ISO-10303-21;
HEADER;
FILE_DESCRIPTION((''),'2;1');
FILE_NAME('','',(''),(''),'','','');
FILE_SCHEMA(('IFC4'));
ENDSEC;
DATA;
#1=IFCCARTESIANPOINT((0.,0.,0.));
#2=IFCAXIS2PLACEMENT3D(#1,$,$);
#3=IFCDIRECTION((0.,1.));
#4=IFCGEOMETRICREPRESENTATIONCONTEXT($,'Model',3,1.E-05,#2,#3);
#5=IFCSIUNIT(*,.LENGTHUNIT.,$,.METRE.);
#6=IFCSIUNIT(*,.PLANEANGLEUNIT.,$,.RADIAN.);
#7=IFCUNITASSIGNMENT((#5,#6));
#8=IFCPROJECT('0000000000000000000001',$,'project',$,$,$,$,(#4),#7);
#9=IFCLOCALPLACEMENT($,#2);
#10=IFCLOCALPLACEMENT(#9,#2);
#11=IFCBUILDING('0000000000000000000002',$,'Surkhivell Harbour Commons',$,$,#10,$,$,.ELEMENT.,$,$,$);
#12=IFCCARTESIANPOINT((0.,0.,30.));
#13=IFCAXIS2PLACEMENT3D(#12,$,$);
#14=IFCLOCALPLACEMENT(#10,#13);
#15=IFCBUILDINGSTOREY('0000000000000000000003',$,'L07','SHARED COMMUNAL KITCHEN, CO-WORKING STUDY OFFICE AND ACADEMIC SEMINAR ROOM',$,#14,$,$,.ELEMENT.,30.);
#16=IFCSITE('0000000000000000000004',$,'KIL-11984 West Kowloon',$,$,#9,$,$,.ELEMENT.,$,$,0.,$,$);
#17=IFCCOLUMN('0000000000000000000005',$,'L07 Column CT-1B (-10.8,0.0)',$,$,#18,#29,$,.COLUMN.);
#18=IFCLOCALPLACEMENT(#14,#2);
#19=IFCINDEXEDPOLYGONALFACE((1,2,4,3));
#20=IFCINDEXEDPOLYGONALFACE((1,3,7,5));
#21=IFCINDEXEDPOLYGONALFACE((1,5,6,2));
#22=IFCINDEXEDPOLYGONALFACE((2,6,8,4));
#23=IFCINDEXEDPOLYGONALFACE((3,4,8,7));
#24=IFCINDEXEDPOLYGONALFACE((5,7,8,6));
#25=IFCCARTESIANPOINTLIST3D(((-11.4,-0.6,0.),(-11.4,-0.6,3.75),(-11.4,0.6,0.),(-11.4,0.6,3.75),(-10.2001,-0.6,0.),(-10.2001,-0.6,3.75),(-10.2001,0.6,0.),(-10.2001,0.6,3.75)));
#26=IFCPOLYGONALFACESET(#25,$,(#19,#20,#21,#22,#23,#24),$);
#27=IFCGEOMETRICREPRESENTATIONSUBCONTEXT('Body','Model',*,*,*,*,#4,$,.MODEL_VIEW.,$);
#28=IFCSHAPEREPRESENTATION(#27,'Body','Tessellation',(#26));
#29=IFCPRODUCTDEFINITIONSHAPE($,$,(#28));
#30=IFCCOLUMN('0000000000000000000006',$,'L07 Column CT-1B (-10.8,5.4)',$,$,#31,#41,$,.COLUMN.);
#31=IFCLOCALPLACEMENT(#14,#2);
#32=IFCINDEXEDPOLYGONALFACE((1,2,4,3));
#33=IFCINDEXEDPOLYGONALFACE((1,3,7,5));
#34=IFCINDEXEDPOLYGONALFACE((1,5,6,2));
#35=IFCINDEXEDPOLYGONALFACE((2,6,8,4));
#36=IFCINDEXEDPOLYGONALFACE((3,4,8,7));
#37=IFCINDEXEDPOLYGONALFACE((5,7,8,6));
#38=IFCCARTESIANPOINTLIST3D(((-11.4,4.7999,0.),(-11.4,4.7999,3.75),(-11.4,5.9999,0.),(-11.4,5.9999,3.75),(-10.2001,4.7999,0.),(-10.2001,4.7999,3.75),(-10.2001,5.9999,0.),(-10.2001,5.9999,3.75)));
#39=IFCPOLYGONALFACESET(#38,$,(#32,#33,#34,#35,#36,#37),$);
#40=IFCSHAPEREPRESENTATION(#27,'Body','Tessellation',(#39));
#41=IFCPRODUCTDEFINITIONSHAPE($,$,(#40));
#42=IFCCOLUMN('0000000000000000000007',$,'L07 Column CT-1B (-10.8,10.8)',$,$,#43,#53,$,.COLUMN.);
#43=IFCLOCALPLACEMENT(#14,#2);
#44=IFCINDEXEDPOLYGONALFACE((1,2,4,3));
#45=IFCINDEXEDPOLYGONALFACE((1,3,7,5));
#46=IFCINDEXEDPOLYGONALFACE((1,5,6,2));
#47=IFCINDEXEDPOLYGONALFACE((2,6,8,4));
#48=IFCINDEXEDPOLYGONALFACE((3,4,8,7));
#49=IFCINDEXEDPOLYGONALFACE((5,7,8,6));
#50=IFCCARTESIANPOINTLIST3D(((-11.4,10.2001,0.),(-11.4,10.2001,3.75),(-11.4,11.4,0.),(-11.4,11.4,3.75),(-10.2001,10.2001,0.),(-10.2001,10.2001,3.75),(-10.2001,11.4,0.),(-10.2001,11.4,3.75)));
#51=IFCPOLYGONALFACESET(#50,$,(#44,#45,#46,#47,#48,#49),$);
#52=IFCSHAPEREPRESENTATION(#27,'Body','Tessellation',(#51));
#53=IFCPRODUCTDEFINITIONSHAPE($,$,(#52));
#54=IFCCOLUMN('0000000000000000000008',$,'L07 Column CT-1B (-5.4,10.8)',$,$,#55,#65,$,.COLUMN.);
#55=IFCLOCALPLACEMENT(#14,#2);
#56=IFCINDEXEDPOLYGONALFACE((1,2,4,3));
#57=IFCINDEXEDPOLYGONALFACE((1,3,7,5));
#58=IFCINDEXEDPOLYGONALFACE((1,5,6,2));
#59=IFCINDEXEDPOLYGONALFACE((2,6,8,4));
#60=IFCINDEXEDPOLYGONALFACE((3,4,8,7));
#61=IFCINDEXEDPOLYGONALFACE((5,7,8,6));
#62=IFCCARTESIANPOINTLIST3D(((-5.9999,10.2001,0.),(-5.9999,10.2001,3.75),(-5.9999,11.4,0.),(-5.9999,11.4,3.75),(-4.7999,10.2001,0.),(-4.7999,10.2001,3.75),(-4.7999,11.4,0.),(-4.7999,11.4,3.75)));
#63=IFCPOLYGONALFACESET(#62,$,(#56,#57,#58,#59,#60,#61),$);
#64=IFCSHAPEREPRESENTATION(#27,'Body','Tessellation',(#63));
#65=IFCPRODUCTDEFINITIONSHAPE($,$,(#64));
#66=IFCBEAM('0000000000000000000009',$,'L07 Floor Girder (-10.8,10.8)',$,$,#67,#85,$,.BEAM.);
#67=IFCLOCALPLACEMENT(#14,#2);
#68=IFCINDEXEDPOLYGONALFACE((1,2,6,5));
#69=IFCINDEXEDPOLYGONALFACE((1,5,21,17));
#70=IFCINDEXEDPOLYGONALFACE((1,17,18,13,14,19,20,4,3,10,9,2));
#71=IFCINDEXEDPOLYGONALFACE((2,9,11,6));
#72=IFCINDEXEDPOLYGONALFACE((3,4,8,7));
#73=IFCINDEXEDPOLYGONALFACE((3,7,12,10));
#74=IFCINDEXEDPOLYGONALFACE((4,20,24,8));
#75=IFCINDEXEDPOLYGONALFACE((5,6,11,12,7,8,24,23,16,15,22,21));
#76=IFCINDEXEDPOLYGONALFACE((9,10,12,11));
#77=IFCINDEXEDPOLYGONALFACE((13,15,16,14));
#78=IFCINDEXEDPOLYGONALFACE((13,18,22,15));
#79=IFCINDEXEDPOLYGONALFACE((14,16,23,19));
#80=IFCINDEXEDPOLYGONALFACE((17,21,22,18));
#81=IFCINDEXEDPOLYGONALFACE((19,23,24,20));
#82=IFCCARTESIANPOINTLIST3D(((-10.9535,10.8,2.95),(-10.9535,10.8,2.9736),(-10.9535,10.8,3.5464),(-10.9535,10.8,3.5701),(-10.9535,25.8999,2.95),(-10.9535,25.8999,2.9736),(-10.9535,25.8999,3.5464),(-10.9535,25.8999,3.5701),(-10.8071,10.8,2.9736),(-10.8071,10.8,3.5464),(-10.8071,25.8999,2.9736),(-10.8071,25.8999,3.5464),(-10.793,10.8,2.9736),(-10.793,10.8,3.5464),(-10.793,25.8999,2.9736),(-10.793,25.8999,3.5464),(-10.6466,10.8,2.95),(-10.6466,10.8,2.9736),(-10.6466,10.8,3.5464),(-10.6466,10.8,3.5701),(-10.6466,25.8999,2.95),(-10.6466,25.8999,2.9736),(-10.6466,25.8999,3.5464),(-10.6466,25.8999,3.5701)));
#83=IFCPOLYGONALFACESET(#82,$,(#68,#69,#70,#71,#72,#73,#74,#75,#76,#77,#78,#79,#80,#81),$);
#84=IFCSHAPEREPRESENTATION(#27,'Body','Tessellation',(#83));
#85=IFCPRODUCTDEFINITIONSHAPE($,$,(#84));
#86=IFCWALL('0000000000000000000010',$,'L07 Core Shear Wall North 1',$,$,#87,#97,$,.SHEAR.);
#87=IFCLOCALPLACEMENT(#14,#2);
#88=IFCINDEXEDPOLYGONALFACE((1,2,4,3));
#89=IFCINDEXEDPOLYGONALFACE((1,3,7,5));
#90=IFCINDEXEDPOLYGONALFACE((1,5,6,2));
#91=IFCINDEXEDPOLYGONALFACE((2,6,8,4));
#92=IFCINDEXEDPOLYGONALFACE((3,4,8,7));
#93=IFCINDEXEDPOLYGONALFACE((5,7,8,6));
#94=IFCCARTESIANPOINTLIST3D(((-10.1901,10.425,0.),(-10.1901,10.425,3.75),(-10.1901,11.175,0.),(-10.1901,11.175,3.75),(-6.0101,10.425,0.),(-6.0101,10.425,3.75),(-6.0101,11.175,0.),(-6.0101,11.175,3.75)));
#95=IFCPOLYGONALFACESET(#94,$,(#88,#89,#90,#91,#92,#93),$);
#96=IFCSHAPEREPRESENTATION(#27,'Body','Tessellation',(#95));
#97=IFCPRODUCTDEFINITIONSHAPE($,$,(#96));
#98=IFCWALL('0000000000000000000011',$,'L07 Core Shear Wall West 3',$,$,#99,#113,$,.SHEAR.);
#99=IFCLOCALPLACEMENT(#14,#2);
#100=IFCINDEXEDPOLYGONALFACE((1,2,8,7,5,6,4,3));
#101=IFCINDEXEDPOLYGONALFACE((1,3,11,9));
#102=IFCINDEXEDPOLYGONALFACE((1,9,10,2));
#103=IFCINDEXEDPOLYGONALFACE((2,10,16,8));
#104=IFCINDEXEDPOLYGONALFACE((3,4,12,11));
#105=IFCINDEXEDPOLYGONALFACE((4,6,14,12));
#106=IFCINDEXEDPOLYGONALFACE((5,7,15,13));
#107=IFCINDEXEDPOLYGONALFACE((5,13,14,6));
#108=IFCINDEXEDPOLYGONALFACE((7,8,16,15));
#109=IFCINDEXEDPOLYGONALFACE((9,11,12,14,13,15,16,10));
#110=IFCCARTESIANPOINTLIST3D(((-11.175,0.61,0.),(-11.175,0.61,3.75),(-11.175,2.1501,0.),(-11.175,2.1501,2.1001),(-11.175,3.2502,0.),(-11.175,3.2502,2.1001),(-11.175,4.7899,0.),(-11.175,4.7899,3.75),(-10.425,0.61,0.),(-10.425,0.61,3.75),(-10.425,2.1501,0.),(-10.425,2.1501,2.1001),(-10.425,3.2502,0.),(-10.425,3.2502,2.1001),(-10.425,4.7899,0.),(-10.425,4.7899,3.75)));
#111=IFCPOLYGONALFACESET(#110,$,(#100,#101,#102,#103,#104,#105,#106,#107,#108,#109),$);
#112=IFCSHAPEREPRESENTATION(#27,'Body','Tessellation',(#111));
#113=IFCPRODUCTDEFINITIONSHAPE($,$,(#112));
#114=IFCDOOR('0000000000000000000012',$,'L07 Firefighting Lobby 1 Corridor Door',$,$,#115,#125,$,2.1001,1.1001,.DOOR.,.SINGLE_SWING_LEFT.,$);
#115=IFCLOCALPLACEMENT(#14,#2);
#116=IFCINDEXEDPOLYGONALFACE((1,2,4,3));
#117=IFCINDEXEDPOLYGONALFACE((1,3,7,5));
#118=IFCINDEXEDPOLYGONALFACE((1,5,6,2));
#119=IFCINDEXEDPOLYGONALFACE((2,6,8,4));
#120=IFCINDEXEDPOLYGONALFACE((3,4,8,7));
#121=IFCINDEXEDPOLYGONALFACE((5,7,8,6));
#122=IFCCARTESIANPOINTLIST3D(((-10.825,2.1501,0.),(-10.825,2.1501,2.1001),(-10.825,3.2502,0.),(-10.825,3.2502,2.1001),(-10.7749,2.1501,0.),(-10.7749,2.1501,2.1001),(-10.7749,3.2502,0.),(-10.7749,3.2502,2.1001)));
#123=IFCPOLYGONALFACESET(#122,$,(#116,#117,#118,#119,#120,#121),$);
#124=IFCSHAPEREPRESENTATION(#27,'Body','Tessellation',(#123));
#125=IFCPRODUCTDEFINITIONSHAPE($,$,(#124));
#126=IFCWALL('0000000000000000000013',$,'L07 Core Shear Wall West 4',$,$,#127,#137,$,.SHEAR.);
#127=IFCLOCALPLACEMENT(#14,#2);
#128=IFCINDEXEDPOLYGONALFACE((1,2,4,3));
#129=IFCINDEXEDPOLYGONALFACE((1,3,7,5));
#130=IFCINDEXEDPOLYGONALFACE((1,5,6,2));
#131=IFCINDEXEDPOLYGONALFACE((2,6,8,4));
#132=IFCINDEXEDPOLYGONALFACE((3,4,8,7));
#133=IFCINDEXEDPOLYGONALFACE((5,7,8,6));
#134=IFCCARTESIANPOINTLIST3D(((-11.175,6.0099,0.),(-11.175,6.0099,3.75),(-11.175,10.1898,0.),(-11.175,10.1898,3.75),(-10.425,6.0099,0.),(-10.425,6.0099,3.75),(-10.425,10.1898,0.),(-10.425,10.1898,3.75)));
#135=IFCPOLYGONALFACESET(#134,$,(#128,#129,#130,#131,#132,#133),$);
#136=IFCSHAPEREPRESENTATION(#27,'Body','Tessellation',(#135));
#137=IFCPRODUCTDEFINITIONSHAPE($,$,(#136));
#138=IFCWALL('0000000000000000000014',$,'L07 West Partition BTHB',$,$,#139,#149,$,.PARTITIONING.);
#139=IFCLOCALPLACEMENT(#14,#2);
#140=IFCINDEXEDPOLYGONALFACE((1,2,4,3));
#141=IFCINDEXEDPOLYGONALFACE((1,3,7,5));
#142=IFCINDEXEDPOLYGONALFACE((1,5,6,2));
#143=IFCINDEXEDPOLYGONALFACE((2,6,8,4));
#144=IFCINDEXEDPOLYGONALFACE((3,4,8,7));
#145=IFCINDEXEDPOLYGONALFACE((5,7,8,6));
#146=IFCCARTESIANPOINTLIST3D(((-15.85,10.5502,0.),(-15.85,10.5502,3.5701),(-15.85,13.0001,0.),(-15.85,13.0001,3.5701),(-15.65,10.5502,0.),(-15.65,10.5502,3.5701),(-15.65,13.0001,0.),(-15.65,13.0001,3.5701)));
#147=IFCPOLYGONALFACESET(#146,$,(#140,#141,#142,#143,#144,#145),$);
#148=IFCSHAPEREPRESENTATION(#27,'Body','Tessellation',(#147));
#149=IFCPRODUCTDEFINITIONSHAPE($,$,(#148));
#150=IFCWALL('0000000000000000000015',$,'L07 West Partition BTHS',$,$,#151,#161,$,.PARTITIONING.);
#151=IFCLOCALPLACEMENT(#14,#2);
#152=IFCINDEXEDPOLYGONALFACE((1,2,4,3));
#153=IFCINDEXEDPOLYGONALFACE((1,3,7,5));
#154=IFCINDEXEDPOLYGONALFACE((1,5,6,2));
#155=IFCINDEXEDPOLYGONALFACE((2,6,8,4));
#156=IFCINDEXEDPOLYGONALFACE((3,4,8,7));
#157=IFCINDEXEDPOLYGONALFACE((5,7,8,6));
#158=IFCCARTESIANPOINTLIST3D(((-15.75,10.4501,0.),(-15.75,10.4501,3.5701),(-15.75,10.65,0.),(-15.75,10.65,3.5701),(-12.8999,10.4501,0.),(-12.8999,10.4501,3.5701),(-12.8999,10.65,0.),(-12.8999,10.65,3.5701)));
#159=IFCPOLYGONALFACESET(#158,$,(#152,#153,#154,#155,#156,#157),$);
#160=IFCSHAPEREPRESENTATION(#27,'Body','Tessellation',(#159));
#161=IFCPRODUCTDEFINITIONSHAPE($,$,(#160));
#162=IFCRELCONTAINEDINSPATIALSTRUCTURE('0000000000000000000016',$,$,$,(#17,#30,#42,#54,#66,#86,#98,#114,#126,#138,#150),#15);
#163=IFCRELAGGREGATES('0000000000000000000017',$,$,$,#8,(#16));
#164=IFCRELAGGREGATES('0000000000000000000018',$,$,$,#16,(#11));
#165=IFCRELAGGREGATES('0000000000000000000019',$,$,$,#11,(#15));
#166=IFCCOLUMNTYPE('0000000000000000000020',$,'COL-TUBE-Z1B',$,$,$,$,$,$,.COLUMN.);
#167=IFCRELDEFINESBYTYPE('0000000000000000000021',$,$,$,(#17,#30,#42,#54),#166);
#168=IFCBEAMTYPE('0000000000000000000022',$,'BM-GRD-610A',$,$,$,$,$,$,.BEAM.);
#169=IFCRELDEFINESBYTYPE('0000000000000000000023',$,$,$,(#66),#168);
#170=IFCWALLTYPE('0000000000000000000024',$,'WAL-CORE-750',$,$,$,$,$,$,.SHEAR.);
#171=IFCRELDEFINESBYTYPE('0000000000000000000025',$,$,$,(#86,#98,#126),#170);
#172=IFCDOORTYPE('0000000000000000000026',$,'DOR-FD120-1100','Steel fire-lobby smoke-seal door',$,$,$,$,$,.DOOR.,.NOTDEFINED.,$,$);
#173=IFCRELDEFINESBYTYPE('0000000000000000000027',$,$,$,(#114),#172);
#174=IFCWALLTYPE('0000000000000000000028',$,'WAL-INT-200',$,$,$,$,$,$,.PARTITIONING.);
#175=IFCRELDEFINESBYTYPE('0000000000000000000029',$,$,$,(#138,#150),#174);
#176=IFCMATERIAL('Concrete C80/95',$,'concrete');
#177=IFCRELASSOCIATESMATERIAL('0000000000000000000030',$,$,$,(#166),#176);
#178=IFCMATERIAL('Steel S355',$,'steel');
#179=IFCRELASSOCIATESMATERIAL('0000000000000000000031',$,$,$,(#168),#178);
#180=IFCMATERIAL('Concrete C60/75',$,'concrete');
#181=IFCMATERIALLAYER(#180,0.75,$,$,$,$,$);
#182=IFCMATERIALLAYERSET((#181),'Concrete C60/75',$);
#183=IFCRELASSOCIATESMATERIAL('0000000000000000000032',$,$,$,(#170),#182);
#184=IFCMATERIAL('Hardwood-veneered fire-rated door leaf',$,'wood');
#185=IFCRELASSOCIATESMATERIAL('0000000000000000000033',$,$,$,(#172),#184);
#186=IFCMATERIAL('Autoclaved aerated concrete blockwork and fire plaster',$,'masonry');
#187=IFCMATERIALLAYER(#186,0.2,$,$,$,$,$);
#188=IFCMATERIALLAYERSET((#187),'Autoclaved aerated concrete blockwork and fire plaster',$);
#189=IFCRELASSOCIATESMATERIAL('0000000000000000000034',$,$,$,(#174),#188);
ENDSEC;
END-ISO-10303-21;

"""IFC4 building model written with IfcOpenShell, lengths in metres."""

from ifc_helpers import new_model, si_unit, direction, frame, frame_2d, origin, origin_2d, place, context, subcontext, project, spatial, rectangle, i_section, extrude, material, layer, layer_set, material_profile, profile_set, type_object, element, fill, save


model = new_model("IFC4")

# Units and contexts
model_context = context("Model", 3, precision=1e-05, world=origin(), true_north=direction((0.0, 1.0)))
body_context = subcontext(model_context, "Body", "Model", "MODEL_VIEW")
ifc_project = project(units=[si_unit("LENGTHUNIT", "METRE"), si_unit("PLANEANGLEUNIT", "RADIAN")], contexts=[model_context])

# Site, building, storey
site_placement = place(None, origin())
site = spatial("IfcSite", under=ifc_project, at=site_placement, Name="KIL-11984 West Kowloon", CompositionType="ELEMENT", RefElevation=0.0)
building_placement = place(site_placement, origin())
building = spatial("IfcBuilding", under=site, at=building_placement, Name="Surkhivell Harbour Commons", CompositionType="ELEMENT")
storey_placement = place(building_placement, frame((0.0, 0.0, 30.0)))
storey = spatial("IfcBuildingStorey", under=building, at=storey_placement, Name="L07", Description="SHARED COMMUNAL KITCHEN, CO-WORKING STUDY OFFICE AND ACADEMIC SEMINAR ROOM", CompositionType="ELEMENT", Elevation=30.0)

# Columns
ifc_material_1 = material(Name="Concrete C80/95", Category="concrete")
ifc_material_profile_1 = material_profile(ifc_material_1, rectangle(XDim=1.2, YDim=1.2, at=origin_2d()), Name="RC-COL-1200x1200")
ifc_profile_set_1 = profile_set([ifc_material_profile_1], Name="Concrete C80/95")
column_type = type_object("IfcColumnType", Name="COL-TUBE-Z1B", PredefinedType="COLUMN", material=ifc_profile_set_1)
for number, where, z_axis, x_axis, name in (
    (1, (-10.8, 0.0, 0.0), (0.0, 0.0, 1.0), (1.0, 0.0, 0.0), "L07 Column CT-1B (-10.8,0.0)"),
    (2, (-10.8, 5.3999, 0.0), (0.0, 0.0, 1.0), (1.0, 0.0, 0.0), "L07 Column CT-1B (-10.8,5.4)"),
    (3, (-10.8, 10.8, 0.0), (0.0, 0.0, 1.0), (1.0, 0.0, 0.0), "L07 Column CT-1B (-10.8,10.8)"),
    (4, (-5.3999, 10.8, 0.0), (0.0, 0.0, 1.0), (1.0, 0.0, 0.0), "L07 Column CT-1B (-5.4,10.8)"),
):
    element("IfcColumn", number, at=place(storey_placement, frame(where, z_axis=z_axis, x_axis=x_axis)), inside=storey, type_object=column_type, Name=name, PredefinedType="COLUMN", context=body_context, shape_type="SweptSolid", body=[
        extrude(rectangle(XDim=1.2, YDim=1.2, at=origin_2d()), origin(), (0.0, 0.0, 1.0), 3.75),
    ])

# Beam
ifc_material_2 = material(Name="Steel S355", Category="steel")
ifc_material_profile_2 = material_profile(ifc_material_2, i_section(OverallWidth=0.3069, OverallDepth=0.6201, WebThickness=0.0142, FlangeThickness=0.0237, at=origin_2d()), Name="UB610x305x179")
ifc_profile_set_2 = profile_set([ifc_material_profile_2], Name="Steel S355")
beam_type = type_object("IfcBeamType", Name="BM-GRD-610A", PredefinedType="BEAM", material=ifc_profile_set_2)
beam_placement = place(storey_placement, frame((-10.8, 10.8, 3.26), z_axis=(0.0, 1.0, 0.0), x_axis=(-1.0, 0.0, 0.0)))
element("IfcBeam", 5, at=beam_placement, inside=storey, type_object=beam_type, Name="L07 Floor Girder (-10.8,10.8)", PredefinedType="BEAM", context=body_context, shape_type="SweptSolid", body=[
    extrude(i_section(OverallWidth=0.3069, OverallDepth=0.6201, WebThickness=0.0142, FlangeThickness=0.0237, at=origin_2d()), origin(), (0.0, 0.0, 1.0), 15.0999),
])

# Wall
ifc_material_3 = material(Name="Concrete C60/75", Category="concrete")
ifc_layer_1 = layer(ifc_material_3, 0.75)
ifc_layer_set_1 = layer_set([ifc_layer_1], Name="Concrete C60/75")
wall_type_1 = type_object("IfcWallType", Name="WAL-CORE-750", PredefinedType="SHEAR", material=ifc_layer_set_1)
wall_1_placement = place(storey_placement, frame((-10.1899, 10.8, 0.0), z_axis=(0.0, 0.0, 1.0), x_axis=(1.0, 0.0, 0.0)))
element("IfcWall", 6, at=wall_1_placement, inside=storey, type_object=wall_type_1, Name="L07 Core Shear Wall North 1", PredefinedType="SHEAR", context=body_context, shape_type="SweptSolid", body=[
    extrude(rectangle(XDim=4.1799, YDim=0.75, at=frame_2d((2.0898, 0.0))), origin(), (0.0, 0.0, 1.0), 3.75),
])

# Wall, opening, door
wall_2_placement = place(storey_placement, frame((-10.8, 0.6101, 0.0), z_axis=(0.0, 0.0, 1.0), x_axis=(0.0, 1.0, 0.0)))
wall_2 = element("IfcWall", 7, at=wall_2_placement, inside=storey, type_object=wall_type_1, Name="L07 Core Shear Wall West 3", PredefinedType="SHEAR", context=body_context, shape_type="SweptSolid", body=[
    extrude(rectangle(XDim=4.1799, YDim=0.75, at=frame_2d((2.0898, 0.0))), origin(), (0.0, 0.0, 1.0), 3.75),
])
opening_1_placement = place(wall_2_placement, frame((1.54, 0.0, 0.0)))
opening_1 = element("IfcOpeningElement", 8, at=opening_1_placement, cuts=wall_2, PredefinedType="OPENING", context=body_context, shape_type="SweptSolid", body=[
    extrude(rectangle(XDim=1.1001, YDim=2.1001, at=frame_2d((0.55, 1.05))), frame((0.0, 0.385, 0.0), z_axis=(0.0, -1.0, 0.0), x_axis=(1.0, 0.0, 0.0)), (0.0, 0.0, 1.0), 0.77),
])
ifc_material_4 = material(Name="Hardwood-veneered fire-rated door leaf", Category="wood")
door_type_1 = type_object("IfcDoorType", Name="DOR-FD120-1100", Description="Steel fire-lobby smoke-seal door", OperationType="NOTDEFINED", PredefinedType="DOOR", material=ifc_material_4)
door_1_placement = place(opening_1_placement, origin())
door_1 = element("IfcDoor", 9, at=door_1_placement, inside=storey, type_object=door_type_1, Name="L07 Firefighting Lobby 1 Corridor Door", OperationType="SINGLE_SWING_LEFT", OverallHeight=2.1001, OverallWidth=1.1001, PredefinedType="DOOR", context=body_context, shape_type="SweptSolid", body=[
    extrude(rectangle(XDim=1.1001, YDim=2.1001, at=frame_2d((0.55, 1.05))), frame((0.0, 0.0249, 0.0), z_axis=(0.0, -1.0, 0.0), x_axis=(1.0, 0.0, 0.0)), (0.0, 0.0, 1.0), 0.05),
])
fill(opening_1, door_1)

# Walls
wall_3_placement = place(storey_placement, frame((-10.8, 6.01, 0.0), z_axis=(0.0, 0.0, 1.0), x_axis=(0.0, 1.0, 0.0)))
element("IfcWall", 10, at=wall_3_placement, inside=storey, type_object=wall_type_1, Name="L07 Core Shear Wall West 4", PredefinedType="SHEAR", context=body_context, shape_type="SweptSolid", body=[
    extrude(rectangle(XDim=4.1799, YDim=0.75, at=frame_2d((2.0898, 0.0))), origin(), (0.0, 0.0, 1.0), 3.75),
])
ifc_material_5 = material(Name="Autoclaved aerated concrete blockwork and fire plaster", Category="masonry")
ifc_layer_2 = layer(ifc_material_5, 0.2)
ifc_layer_set_2 = layer_set([ifc_layer_2], Name="Autoclaved aerated concrete blockwork and fire plaster")
wall_type_2 = type_object("IfcWallType", Name="WAL-INT-200", PredefinedType="PARTITIONING", material=ifc_layer_set_2)
wall_4_placement = place(storey_placement, frame((-15.75, 10.55, 0.0), z_axis=(0.0, 0.0, 1.0), x_axis=(0.0, 1.0, 0.0)))
element("IfcWall", 11, at=wall_4_placement, inside=storey, type_object=wall_type_2, Name="L07 West Partition BTHB", PredefinedType="PARTITIONING", context=body_context, shape_type="SweptSolid", body=[
    extrude(rectangle(XDim=2.45, YDim=0.2, at=frame_2d((1.2251, 0.0))), origin(), (0.0, 0.0, 1.0), 3.5701),
])
wall_5_placement = place(storey_placement, frame((-15.75, 10.55, 0.0), z_axis=(0.0, 0.0, 1.0), x_axis=(1.0, 0.0, 0.0)))
element("IfcWall", 12, at=wall_5_placement, inside=storey, type_object=wall_type_2, Name="L07 West Partition BTHS", PredefinedType="PARTITIONING", context=body_context, shape_type="SweptSolid", body=[
    extrude(rectangle(XDim=2.8501, YDim=0.2, at=frame_2d((1.425, 0.0))), origin(), (0.0, 0.0, 1.0), 3.5701),
])

save(model, "model.ifc")
